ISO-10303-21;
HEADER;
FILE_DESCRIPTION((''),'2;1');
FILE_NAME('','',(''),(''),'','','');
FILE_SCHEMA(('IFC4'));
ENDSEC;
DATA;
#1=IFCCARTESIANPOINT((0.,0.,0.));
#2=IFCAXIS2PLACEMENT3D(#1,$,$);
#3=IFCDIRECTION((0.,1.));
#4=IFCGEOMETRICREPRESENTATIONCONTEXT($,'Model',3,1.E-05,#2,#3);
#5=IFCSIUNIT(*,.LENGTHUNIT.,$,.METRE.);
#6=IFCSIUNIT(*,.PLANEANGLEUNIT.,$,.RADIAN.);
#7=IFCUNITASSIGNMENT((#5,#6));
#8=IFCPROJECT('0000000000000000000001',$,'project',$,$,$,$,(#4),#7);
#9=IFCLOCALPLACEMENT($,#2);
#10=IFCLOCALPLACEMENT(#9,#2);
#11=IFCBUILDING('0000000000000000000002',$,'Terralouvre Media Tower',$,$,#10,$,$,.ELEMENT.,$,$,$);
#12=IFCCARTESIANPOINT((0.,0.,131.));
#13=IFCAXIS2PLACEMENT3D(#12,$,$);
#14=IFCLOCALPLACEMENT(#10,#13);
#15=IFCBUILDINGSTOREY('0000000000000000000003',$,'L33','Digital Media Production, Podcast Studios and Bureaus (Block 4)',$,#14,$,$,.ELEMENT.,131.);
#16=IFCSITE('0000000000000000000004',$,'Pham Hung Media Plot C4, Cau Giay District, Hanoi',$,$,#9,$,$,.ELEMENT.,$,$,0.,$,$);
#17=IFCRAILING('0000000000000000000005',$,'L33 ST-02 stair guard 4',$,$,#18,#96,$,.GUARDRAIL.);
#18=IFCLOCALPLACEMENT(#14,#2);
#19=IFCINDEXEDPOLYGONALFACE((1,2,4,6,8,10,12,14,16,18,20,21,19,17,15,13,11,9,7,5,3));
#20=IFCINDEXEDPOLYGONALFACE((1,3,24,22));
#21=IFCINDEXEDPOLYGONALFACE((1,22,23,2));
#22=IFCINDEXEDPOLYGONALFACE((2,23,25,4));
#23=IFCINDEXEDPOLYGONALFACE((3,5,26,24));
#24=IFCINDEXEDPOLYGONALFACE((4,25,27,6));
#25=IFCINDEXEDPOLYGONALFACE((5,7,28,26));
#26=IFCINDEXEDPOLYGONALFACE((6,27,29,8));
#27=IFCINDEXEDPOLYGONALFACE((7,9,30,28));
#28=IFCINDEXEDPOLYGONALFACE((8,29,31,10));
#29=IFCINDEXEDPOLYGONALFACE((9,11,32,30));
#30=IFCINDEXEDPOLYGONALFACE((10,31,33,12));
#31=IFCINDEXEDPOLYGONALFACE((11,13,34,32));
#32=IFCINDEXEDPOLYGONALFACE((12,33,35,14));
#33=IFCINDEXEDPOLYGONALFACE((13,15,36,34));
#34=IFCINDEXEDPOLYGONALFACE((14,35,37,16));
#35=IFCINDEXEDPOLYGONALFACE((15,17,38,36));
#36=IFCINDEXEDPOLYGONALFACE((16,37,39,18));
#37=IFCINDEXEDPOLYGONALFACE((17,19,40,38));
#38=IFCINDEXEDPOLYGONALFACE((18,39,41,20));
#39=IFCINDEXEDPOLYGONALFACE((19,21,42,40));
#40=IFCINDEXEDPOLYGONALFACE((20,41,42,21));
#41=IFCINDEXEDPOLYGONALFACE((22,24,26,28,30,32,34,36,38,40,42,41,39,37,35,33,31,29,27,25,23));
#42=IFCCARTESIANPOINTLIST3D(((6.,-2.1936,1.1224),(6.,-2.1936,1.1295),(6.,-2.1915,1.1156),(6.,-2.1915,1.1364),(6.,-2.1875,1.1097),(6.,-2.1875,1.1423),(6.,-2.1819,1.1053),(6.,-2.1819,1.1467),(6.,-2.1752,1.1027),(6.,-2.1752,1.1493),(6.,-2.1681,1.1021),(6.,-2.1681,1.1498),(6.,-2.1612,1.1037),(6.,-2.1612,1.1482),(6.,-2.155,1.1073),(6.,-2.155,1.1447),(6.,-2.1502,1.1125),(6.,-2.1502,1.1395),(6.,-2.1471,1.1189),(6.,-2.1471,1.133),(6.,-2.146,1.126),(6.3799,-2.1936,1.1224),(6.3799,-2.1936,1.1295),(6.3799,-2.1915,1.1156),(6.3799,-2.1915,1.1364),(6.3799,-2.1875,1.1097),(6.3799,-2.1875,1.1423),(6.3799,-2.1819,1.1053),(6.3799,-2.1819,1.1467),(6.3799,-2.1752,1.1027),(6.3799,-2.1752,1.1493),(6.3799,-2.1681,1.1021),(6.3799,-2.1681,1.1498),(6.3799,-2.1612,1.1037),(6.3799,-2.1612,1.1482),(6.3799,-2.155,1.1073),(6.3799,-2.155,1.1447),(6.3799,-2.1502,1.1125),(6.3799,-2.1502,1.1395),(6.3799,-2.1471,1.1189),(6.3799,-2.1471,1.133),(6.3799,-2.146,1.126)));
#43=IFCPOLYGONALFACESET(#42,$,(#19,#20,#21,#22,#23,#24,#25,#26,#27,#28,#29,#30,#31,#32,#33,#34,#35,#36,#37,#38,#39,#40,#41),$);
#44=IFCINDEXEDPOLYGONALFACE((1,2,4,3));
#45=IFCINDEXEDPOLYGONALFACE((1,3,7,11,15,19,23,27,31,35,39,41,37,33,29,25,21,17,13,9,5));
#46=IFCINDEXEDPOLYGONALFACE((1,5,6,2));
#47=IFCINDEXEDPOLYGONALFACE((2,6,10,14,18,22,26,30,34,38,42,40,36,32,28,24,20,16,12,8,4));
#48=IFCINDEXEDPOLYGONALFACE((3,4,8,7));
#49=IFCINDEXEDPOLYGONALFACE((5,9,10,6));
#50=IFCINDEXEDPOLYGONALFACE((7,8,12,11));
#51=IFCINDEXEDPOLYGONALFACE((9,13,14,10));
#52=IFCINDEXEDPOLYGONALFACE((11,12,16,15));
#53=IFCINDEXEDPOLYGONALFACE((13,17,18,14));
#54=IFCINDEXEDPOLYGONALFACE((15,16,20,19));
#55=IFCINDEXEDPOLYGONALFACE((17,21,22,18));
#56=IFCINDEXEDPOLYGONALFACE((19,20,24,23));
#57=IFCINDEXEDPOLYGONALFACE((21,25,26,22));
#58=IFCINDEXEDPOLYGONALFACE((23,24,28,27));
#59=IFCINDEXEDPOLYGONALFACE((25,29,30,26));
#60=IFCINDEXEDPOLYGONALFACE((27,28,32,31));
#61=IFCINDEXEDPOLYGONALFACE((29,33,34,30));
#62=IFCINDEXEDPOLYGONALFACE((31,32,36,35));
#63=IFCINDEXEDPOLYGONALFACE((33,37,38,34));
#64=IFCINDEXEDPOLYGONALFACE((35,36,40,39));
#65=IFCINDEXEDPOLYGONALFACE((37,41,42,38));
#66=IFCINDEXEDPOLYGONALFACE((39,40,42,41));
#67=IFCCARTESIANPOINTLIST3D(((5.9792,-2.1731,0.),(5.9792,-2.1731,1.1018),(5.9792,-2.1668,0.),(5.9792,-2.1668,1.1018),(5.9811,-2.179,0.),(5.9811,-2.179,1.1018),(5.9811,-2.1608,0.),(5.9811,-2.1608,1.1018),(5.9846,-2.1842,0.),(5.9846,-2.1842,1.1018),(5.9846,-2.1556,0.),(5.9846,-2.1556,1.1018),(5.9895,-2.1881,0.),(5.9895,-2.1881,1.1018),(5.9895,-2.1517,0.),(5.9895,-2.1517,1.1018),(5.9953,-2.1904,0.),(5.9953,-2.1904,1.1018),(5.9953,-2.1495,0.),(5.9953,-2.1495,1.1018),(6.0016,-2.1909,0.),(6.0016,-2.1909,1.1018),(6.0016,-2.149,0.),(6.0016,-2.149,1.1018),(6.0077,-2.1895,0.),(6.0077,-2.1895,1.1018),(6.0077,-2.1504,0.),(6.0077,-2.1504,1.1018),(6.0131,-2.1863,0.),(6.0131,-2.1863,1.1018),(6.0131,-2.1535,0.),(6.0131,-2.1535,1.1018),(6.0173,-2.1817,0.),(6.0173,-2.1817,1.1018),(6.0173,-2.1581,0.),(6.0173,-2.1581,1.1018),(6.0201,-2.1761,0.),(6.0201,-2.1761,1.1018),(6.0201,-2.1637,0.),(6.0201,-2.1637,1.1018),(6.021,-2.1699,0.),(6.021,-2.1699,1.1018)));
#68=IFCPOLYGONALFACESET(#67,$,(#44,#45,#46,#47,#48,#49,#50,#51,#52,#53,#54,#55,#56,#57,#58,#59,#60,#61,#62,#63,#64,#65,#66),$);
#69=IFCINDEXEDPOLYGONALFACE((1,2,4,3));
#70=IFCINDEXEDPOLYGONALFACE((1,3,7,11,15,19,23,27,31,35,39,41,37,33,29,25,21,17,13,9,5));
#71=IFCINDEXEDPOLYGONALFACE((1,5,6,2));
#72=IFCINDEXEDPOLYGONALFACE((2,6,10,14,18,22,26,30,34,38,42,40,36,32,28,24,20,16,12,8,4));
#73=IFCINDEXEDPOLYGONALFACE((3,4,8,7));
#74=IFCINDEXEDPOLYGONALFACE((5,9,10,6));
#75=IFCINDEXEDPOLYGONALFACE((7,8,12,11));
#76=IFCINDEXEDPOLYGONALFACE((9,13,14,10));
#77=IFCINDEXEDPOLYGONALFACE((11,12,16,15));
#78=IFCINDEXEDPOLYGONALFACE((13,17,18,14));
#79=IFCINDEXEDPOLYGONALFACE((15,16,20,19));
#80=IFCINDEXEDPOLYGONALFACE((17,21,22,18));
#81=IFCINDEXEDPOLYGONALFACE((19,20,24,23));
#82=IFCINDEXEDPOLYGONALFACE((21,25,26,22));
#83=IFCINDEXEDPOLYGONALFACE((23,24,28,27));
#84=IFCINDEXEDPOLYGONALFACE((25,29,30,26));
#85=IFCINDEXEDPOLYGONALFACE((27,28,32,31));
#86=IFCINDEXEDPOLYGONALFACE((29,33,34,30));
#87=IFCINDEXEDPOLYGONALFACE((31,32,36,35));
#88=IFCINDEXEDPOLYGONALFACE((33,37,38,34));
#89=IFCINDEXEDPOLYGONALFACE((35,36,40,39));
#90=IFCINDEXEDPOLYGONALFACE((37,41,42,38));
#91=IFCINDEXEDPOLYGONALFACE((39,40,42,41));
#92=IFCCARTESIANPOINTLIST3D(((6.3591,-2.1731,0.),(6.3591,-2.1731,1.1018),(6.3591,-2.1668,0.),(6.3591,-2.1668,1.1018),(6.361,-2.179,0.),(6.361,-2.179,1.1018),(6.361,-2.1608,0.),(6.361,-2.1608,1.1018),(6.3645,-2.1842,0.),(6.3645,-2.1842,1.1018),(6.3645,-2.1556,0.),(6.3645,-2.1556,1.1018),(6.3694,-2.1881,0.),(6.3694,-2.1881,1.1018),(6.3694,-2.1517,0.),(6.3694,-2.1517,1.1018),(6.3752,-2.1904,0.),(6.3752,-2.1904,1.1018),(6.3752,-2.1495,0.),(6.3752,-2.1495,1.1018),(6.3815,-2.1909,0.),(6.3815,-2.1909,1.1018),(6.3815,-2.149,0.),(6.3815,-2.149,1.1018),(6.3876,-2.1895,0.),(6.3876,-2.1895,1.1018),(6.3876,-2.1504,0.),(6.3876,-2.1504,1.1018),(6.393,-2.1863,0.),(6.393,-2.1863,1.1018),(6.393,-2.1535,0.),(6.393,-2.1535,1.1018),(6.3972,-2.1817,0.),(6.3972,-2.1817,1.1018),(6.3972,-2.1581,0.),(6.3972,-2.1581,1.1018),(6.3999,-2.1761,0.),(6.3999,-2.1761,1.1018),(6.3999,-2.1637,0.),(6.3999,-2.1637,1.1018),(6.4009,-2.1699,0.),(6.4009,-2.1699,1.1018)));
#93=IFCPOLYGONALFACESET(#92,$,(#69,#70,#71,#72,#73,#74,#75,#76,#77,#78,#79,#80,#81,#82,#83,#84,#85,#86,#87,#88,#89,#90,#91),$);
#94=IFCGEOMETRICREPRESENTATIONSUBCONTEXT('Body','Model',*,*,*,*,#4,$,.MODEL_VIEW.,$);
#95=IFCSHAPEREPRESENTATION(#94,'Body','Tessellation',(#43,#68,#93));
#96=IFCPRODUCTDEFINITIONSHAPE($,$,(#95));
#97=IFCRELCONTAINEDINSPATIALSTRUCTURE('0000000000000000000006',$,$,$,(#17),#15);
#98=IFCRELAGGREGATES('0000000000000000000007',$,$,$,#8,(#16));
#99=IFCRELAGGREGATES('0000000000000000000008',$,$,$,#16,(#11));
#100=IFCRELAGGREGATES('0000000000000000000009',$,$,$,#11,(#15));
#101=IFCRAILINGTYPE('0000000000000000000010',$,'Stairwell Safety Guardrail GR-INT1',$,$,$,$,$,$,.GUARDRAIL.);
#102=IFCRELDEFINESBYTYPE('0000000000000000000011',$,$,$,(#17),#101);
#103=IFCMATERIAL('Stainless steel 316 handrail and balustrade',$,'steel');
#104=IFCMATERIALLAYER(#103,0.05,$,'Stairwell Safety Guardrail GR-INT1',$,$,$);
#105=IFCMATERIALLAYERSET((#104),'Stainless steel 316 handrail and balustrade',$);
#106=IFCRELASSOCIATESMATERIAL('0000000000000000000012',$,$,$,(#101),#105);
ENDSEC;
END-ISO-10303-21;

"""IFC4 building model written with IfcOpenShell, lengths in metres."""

from ifc_helpers import new_model, si_unit, direction, frame, origin, origin_2d, place, context, subcontext, project, spatial, circle, extrude, material, layer, layer_set, type_object, element, save


model = new_model("IFC4")

# Units and contexts
model_context = context("Model", 3, precision=1e-05, world=origin(), true_north=direction((0.0, 1.0)))
body_context = subcontext(model_context, "Body", "Model", "MODEL_VIEW")
ifc_project = project(units=[si_unit("LENGTHUNIT", "METRE"), si_unit("PLANEANGLEUNIT", "RADIAN")], contexts=[model_context])

# Site, building, storey
site_placement = place(None, origin())
site = spatial("IfcSite", under=ifc_project, at=site_placement, Name="Pham Hung Media Plot C4, Cau Giay District, Hanoi", CompositionType="ELEMENT", RefElevation=0.0)
building_placement = place(site_placement, origin())
building = spatial("IfcBuilding", under=site, at=building_placement, Name="Terralouvre Media Tower", CompositionType="ELEMENT")
storey_placement = place(building_placement, frame((0.0, 0.0, 131.0)))
storey = spatial("IfcBuildingStorey", under=building, at=storey_placement, Name="L33", Description="Digital Media Production, Podcast Studios and Bureaus (Block 4)", CompositionType="ELEMENT", Elevation=131.0)

# Railing
ifc_material_1 = material(Name="Stainless steel 316 handrail and balustrade", Category="steel")
ifc_layer_1 = layer(ifc_material_1, 0.05, Name="Stairwell Safety Guardrail GR-INT1")
ifc_layer_set_1 = layer_set([ifc_layer_1], Name="Stainless steel 316 handrail and balustrade")
railing_type_1 = type_object("IfcRailingType", Name="Stairwell Safety Guardrail GR-INT1", PredefinedType="GUARDRAIL", material=ifc_layer_set_1)
railing_1_placement = place(storey_placement, frame((6.0, -2.1699, 0.0)))
element("IfcRailing", 1, at=railing_1_placement, inside=storey, type_object=railing_type_1, Name="L33 ST-02 stair guard 4", PredefinedType="GUARDRAIL", context=body_context, shape_type="SweptSolid", body=[
    extrude(circle(Radius=0.0239, at=origin_2d()), frame((0.0, 0.0, 1.126), z_axis=(1.0, 0.0, 0.0), x_axis=(0.0, 1.0, 0.0)), (0.0, 0.0, 1.0), 0.3799),
    extrude(circle(Radius=0.021, at=origin_2d()), origin(), (0.0, 0.0, 1.0), 1.1018),
    extrude(circle(Radius=0.021, at=origin_2d()), frame((0.3799, 0.0, 0.0)), (0.0, 0.0, 1.0), 1.1018),
])

save(model, "model.ifc")
